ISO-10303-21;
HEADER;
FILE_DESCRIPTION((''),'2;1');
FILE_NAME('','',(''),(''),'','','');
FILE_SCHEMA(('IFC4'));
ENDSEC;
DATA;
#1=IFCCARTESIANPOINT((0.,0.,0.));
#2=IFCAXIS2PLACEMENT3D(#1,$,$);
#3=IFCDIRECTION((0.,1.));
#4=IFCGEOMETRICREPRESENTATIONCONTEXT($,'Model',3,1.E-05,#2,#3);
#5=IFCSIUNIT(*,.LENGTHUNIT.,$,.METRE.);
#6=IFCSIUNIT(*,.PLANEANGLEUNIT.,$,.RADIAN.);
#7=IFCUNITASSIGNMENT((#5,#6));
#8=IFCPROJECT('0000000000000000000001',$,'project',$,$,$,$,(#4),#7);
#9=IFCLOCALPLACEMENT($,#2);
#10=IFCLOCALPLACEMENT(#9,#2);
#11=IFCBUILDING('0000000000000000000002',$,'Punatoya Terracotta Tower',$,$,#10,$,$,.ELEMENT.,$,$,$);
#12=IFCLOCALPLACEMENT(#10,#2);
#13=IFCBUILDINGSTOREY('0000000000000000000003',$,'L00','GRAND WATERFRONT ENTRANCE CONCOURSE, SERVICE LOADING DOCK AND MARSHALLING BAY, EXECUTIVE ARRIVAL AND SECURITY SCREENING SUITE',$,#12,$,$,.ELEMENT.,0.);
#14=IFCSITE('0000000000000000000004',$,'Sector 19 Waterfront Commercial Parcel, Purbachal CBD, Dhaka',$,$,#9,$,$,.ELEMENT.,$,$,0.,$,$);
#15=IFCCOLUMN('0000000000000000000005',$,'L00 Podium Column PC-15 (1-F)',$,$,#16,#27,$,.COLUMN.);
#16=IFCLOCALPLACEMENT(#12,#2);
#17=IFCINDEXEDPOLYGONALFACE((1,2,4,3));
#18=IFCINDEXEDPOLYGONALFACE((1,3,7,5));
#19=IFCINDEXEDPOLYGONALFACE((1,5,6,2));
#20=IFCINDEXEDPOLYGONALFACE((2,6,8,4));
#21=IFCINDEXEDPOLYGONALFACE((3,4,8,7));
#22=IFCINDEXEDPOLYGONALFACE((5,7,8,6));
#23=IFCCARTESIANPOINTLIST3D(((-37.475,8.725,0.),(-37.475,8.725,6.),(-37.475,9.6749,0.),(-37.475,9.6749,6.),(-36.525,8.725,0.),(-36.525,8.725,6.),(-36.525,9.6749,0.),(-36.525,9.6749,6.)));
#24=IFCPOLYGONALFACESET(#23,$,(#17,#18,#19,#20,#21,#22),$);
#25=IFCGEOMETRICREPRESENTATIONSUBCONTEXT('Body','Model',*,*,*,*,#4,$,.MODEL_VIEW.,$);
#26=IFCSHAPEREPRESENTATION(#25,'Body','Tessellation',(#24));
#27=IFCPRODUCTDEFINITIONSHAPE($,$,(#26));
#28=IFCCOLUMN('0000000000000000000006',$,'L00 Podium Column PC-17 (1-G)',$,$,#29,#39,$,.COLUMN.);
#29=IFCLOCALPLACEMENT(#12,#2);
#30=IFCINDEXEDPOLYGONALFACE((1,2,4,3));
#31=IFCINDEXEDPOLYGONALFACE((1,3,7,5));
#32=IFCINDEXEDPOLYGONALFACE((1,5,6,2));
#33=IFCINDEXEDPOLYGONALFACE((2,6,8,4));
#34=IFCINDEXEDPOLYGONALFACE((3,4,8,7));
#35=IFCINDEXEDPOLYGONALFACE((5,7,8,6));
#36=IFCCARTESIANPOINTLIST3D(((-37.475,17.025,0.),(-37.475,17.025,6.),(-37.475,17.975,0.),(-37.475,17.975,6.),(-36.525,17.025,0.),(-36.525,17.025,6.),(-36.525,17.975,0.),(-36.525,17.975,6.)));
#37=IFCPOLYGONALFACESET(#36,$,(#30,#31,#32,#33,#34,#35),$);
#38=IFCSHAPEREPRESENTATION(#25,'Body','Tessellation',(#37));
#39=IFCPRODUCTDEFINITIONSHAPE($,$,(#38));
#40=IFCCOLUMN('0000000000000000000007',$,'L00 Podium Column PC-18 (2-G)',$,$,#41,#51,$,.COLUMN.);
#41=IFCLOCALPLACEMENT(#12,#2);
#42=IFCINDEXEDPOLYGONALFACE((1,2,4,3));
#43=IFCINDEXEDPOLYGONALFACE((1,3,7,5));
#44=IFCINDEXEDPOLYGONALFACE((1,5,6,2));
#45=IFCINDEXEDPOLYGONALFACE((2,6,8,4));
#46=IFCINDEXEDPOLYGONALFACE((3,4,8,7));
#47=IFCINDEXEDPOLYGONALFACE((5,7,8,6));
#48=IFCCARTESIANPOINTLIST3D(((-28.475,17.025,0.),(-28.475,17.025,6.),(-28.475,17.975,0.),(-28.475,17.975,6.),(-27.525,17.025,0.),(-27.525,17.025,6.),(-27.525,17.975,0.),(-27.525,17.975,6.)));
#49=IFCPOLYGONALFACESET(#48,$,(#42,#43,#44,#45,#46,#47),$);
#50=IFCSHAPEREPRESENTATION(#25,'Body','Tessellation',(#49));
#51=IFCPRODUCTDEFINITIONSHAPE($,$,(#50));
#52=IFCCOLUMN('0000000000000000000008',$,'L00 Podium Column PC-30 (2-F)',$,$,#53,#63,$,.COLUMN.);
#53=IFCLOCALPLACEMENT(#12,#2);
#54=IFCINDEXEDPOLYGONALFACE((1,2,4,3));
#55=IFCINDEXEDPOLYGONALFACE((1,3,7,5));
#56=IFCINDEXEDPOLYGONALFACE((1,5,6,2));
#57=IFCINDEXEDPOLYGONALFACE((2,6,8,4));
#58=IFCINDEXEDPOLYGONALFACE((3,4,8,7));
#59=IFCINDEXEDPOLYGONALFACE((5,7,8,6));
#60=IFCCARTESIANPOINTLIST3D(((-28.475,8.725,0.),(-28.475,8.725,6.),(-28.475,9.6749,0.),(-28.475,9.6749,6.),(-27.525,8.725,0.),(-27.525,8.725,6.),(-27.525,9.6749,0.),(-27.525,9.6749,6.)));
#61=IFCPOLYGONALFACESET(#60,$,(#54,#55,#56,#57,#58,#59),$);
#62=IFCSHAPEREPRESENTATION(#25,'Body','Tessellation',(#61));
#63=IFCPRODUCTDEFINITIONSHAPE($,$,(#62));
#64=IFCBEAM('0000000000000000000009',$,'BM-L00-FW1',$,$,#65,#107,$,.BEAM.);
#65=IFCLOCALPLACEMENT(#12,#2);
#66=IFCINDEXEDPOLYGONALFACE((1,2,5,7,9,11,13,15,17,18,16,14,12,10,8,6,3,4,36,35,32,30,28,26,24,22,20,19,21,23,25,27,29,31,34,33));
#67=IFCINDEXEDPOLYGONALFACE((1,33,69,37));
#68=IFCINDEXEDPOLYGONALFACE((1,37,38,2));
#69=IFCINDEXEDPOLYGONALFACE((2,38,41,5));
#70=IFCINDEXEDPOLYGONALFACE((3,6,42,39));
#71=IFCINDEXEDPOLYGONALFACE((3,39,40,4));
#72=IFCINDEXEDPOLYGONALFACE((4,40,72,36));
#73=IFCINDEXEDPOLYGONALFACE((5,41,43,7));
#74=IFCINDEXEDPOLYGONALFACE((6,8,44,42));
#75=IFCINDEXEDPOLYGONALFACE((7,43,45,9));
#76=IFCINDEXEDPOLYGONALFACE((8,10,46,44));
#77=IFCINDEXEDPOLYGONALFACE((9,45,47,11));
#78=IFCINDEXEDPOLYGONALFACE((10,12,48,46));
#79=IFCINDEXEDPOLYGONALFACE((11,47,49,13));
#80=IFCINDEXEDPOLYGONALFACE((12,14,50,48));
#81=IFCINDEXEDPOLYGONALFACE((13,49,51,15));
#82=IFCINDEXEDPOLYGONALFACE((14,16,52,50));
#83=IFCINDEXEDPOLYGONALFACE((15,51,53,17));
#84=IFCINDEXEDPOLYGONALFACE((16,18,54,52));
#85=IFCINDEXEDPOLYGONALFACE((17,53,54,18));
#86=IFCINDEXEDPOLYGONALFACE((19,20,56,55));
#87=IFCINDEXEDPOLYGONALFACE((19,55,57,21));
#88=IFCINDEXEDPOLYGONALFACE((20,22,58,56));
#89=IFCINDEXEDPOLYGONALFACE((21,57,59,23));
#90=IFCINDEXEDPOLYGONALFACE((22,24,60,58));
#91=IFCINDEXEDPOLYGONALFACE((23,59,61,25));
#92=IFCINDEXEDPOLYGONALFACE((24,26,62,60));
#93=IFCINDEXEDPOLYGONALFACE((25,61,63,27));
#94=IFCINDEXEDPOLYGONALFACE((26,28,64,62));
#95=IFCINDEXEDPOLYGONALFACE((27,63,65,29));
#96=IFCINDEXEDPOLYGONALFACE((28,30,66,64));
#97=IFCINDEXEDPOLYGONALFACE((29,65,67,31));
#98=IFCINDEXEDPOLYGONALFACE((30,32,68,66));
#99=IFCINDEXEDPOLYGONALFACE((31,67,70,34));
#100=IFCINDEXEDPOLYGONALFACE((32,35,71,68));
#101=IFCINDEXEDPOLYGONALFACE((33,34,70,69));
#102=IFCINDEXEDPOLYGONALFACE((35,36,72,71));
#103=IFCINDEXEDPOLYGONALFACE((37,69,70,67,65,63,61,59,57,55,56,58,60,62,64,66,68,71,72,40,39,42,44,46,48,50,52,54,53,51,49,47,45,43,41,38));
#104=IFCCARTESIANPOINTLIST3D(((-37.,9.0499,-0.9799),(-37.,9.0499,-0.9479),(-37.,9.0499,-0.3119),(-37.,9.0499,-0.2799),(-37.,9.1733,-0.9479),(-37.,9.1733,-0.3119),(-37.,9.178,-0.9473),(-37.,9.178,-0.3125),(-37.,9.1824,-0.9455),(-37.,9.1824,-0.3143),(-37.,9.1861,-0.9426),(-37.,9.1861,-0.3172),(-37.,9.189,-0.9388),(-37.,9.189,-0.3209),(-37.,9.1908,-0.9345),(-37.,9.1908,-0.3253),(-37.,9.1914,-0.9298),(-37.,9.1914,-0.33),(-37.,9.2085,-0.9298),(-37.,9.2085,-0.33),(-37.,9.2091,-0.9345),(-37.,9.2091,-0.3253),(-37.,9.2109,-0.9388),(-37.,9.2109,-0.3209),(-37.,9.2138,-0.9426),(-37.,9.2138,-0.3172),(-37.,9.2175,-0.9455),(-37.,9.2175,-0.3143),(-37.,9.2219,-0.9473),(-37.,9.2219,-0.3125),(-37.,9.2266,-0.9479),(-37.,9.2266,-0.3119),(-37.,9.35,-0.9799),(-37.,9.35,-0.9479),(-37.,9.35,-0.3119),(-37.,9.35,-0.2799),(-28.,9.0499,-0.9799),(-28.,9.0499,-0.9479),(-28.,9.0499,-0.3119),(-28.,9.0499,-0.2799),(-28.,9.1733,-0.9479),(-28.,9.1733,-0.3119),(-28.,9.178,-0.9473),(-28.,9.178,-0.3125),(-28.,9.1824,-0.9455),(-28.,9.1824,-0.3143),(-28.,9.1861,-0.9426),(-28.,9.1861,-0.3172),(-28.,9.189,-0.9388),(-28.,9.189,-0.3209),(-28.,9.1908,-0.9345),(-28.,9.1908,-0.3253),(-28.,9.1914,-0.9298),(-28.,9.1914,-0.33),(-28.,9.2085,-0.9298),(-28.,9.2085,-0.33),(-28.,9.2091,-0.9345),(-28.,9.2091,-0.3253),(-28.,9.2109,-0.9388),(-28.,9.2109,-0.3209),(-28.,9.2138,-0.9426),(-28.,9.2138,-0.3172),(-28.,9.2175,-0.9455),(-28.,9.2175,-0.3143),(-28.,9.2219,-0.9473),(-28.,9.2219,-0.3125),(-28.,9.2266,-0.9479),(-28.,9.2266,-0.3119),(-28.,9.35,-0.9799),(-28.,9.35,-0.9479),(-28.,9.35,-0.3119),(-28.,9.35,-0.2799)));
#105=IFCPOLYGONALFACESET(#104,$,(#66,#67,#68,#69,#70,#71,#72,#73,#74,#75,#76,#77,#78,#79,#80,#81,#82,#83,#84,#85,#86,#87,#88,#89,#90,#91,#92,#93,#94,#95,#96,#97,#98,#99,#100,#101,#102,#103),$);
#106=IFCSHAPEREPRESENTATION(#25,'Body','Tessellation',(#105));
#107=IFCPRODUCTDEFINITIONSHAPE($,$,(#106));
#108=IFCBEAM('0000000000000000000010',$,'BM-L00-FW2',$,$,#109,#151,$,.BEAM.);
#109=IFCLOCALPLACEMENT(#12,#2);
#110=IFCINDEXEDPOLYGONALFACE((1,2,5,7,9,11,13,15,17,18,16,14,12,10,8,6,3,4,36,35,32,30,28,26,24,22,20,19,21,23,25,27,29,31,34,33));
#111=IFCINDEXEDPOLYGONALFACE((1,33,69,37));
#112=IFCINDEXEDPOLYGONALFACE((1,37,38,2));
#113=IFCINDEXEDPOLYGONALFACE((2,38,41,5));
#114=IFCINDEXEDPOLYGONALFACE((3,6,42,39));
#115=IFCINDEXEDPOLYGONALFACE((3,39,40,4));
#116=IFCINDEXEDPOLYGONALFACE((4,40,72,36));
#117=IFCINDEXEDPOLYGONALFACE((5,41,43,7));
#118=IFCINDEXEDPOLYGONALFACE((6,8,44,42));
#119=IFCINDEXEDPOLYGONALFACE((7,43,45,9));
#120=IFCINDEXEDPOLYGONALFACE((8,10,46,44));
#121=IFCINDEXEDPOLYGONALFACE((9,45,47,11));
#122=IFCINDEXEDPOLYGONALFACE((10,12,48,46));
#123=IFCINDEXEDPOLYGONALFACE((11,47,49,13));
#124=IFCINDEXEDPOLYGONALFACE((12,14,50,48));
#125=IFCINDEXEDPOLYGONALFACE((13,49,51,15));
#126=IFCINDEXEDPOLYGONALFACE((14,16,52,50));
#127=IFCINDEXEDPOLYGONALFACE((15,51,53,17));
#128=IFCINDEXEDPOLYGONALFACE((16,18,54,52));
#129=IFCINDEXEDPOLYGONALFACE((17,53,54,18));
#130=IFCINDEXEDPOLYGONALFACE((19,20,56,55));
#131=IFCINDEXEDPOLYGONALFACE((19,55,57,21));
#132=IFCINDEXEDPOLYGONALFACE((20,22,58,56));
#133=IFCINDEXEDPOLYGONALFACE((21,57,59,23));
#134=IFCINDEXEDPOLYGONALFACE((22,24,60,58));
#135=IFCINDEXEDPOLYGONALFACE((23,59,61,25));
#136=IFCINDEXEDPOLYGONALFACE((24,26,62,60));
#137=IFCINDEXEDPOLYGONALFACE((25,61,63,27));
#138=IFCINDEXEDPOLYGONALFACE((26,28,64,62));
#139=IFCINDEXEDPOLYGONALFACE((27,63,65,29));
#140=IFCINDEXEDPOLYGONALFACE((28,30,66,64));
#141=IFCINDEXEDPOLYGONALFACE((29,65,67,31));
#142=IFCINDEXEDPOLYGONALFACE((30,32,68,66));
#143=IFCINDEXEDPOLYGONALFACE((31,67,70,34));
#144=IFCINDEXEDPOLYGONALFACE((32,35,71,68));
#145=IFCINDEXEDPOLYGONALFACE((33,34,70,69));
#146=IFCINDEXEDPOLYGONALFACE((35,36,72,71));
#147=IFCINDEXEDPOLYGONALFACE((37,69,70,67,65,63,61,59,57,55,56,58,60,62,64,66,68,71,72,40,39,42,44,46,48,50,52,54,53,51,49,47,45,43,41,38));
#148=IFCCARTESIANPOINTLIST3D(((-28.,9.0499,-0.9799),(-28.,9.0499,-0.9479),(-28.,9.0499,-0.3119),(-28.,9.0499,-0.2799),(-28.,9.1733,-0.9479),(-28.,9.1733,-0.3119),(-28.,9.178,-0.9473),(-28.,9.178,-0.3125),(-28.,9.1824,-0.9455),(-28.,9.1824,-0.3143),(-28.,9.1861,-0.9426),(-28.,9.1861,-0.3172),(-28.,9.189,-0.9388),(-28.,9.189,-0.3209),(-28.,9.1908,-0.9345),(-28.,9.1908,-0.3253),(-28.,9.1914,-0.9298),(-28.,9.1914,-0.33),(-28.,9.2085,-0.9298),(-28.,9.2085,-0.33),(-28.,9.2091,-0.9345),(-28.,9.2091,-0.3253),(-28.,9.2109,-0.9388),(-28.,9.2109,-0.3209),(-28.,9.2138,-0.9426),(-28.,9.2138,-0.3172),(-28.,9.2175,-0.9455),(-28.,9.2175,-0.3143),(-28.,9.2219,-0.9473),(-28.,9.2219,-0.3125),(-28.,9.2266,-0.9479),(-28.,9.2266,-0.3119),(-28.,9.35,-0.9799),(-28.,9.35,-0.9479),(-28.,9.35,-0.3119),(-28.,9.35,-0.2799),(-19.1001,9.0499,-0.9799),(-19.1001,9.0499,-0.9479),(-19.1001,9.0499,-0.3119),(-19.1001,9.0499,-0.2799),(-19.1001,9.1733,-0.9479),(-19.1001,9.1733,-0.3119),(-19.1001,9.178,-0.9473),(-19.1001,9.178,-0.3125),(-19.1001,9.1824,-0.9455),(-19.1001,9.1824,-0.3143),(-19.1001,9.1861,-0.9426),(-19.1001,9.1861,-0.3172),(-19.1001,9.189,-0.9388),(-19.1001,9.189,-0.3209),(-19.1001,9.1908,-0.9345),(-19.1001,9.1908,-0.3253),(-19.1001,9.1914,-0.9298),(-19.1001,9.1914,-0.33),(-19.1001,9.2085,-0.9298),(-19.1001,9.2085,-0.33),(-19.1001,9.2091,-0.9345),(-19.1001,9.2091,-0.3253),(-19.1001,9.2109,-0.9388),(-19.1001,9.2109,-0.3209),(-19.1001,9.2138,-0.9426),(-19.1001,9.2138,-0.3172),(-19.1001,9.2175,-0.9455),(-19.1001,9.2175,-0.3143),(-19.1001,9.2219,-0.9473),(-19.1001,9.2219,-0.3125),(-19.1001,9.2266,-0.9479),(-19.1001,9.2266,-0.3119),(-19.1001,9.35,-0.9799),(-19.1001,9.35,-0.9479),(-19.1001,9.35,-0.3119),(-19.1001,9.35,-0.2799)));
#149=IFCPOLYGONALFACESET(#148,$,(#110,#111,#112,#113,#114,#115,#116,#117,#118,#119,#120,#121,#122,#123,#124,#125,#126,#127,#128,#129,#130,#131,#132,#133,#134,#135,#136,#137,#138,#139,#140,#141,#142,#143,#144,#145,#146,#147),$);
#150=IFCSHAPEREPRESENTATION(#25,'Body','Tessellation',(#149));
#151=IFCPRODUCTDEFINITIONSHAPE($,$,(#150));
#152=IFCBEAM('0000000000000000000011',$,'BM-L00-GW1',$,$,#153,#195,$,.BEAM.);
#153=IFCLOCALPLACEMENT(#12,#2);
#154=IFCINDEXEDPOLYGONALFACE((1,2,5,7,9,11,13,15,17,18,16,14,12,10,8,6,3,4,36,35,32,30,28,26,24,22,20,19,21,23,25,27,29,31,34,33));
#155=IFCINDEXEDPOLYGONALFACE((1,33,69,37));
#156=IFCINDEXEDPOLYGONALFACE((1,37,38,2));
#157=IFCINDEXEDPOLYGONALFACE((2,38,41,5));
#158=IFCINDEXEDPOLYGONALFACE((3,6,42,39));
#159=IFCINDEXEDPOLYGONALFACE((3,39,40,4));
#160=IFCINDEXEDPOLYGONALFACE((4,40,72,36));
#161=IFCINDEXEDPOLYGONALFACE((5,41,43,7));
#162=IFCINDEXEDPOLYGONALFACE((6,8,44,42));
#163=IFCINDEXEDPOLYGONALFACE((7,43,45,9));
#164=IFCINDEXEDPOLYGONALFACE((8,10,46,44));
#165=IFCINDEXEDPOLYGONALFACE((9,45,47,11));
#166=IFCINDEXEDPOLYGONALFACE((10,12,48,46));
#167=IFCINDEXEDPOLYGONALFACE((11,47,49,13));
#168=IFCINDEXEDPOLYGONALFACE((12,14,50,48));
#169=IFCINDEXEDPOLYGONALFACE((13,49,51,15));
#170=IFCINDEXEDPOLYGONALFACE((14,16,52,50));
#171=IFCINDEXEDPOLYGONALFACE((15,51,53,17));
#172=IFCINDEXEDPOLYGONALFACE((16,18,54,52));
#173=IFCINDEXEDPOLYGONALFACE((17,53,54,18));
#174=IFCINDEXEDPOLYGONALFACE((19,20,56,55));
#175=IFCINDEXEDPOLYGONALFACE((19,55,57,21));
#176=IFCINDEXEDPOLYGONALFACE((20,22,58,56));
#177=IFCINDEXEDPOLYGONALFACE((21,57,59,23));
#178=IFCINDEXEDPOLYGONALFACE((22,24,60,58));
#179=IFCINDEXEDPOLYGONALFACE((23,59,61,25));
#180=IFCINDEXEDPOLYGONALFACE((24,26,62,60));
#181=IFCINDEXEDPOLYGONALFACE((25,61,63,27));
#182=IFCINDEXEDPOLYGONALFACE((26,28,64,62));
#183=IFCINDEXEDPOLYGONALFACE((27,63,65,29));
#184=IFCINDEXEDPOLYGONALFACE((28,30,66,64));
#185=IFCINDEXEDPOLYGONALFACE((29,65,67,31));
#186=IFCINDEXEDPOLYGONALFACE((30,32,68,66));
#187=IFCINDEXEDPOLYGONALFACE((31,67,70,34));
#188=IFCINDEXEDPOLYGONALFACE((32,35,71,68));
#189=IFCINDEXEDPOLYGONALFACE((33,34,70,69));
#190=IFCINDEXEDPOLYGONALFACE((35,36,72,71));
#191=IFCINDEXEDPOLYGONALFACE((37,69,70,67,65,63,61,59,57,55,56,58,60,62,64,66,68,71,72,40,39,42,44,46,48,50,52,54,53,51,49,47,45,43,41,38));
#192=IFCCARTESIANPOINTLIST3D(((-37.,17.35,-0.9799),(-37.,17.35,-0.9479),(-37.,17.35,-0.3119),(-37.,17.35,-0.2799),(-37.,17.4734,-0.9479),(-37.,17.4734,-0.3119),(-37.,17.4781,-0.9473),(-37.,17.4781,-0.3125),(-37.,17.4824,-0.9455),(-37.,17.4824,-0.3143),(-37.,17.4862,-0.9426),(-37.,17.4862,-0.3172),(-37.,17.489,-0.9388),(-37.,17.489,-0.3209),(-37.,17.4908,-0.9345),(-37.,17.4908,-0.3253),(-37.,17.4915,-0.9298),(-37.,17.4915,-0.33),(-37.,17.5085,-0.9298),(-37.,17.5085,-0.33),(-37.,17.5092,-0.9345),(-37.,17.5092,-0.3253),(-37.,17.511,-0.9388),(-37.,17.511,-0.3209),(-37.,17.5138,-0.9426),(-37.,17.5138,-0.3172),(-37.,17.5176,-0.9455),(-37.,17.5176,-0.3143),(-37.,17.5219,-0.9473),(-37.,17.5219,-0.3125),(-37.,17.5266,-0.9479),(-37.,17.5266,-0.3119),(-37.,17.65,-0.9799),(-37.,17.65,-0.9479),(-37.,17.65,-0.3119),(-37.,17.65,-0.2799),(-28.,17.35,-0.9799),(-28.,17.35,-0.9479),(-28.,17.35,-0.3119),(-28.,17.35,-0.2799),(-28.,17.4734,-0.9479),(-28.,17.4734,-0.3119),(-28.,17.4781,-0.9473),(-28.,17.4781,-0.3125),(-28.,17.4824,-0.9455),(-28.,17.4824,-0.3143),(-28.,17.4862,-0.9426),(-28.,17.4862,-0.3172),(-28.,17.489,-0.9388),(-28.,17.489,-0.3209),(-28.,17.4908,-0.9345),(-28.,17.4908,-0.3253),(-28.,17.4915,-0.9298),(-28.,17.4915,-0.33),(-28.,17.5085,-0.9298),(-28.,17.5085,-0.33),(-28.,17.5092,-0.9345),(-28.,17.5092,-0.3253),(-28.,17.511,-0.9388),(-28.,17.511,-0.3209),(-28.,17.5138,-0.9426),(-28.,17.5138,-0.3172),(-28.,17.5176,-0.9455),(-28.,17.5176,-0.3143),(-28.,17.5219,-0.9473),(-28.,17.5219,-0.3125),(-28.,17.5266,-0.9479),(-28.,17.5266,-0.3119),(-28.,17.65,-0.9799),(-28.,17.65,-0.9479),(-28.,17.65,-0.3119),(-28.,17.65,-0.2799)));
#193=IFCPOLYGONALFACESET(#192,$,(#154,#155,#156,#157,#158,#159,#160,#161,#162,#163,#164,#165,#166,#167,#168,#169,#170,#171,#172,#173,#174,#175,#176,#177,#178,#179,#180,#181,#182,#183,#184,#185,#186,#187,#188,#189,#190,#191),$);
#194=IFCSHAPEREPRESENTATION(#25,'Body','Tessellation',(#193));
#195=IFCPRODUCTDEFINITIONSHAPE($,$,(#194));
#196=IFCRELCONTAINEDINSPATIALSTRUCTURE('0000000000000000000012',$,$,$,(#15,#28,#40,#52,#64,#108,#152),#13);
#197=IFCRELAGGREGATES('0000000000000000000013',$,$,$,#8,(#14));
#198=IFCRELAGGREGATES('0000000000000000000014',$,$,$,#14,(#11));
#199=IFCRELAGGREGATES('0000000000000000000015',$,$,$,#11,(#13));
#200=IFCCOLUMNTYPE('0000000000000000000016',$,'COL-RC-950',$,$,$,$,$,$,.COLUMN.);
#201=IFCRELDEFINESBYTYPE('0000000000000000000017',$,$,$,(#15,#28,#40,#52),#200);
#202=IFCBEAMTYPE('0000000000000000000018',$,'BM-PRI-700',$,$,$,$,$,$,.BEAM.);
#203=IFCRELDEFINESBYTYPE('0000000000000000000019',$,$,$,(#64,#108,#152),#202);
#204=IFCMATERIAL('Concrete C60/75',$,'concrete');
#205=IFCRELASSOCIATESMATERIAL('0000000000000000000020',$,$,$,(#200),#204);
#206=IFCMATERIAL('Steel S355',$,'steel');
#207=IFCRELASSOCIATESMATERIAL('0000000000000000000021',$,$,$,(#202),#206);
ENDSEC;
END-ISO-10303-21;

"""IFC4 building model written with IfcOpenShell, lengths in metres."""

from ifc_helpers import new_model, si_unit, direction, frame, origin, origin_2d, place, context, subcontext, project, spatial, rectangle, i_section, extrude, material, material_profile, profile_set, type_object, element, save


model = new_model("IFC4")

# Units and contexts
model_context = context("Model", 3, precision=1e-05, world=origin(), true_north=direction((0.0, 1.0)))
body_context = subcontext(model_context, "Body", "Model", "MODEL_VIEW")
ifc_project = project(units=[si_unit("LENGTHUNIT", "METRE"), si_unit("PLANEANGLEUNIT", "RADIAN")], contexts=[model_context])

# Site, building, storey
site_placement = place(None, origin())
site = spatial("IfcSite", under=ifc_project, at=site_placement, Name="Sector 19 Waterfront Commercial Parcel, Purbachal CBD, Dhaka", CompositionType="ELEMENT", RefElevation=0.0)
building_placement = place(site_placement, origin())
building = spatial("IfcBuilding", under=site, at=building_placement, Name="Punatoya Terracotta Tower", CompositionType="ELEMENT")
storey_placement = place(building_placement, origin())
storey = spatial("IfcBuildingStorey", under=building, at=storey_placement, Name="L00", Description="GRAND WATERFRONT ENTRANCE CONCOURSE, SERVICE LOADING DOCK AND MARSHALLING BAY, EXECUTIVE ARRIVAL AND SECURITY SCREENING SUITE", CompositionType="ELEMENT", Elevation=0.0)

# Columns
ifc_material_1 = material(Name="Concrete C60/75", Category="concrete")
ifc_material_profile_1 = material_profile(ifc_material_1, rectangle(XDim=0.95, YDim=0.95, at=origin_2d()))
ifc_profile_set_1 = profile_set([ifc_material_profile_1], Name="Concrete C60/75")
column_type = type_object("IfcColumnType", Name="COL-RC-950", PredefinedType="COLUMN", material=ifc_profile_set_1)
for number, where, z_axis, x_axis, name in (
    (1, (-37.0, 9.2, 0.0), (0.0, 0.0, 1.0), (1.0, 0.0, 0.0), "L00 Podium Column PC-15 (1-F)"),
    (2, (-37.0, 17.5, 0.0), (0.0, 0.0, 1.0), (1.0, 0.0, 0.0), "L00 Podium Column PC-17 (1-G)"),
    (3, (-28.0, 17.5, 0.0), (0.0, 0.0, 1.0), (1.0, 0.0, 0.0), "L00 Podium Column PC-18 (2-G)"),
    (4, (-28.0, 9.2, 0.0), (0.0, 0.0, 1.0), (1.0, 0.0, 0.0), "L00 Podium Column PC-30 (2-F)"),
):
    element("IfcColumn", number, at=place(storey_placement, frame(where, z_axis=z_axis, x_axis=x_axis)), inside=storey, type_object=column_type, Name=name, PredefinedType="COLUMN", context=body_context, shape_type="SweptSolid", body=[
        extrude(rectangle(XDim=0.95, YDim=0.95, at=origin_2d()), origin(), (0.0, 0.0, 1.0), 6.0),
    ])

# Beams
ifc_material_2 = material(Name="Steel S355", Category="steel")
ifc_material_profile_2 = material_profile(ifc_material_2, i_section(OverallWidth=0.3, OverallDepth=0.7, WebThickness=0.0171, FlangeThickness=0.032, FilletRadius=0.0181, at=origin_2d()))
ifc_profile_set_2 = profile_set([ifc_material_profile_2], Name="Steel S355")
beam_type_1 = type_object("IfcBeamType", Name="BM-PRI-700", PredefinedType="BEAM", material=ifc_profile_set_2)
beam_1_placement = place(storey_placement, frame((-37.0, 9.2, -0.6299), z_axis=(1.0, 0.0, 0.0), x_axis=(0.0, 1.0, 0.0)))
element("IfcBeam", 5, at=beam_1_placement, inside=storey, type_object=beam_type_1, Name="BM-L00-FW1", PredefinedType="BEAM", context=body_context, shape_type="SweptSolid", body=[
    extrude(i_section(OverallWidth=0.3, OverallDepth=0.7, WebThickness=0.0171, FlangeThickness=0.032, FilletRadius=0.0181, at=origin_2d()), origin(), (0.0, 0.0, 1.0), 9.0),
])
beam_2_placement = place(storey_placement, frame((-28.0, 9.2, -0.6299), z_axis=(1.0, 0.0, 0.0), x_axis=(0.0, 1.0, 0.0)))
element("IfcBeam", 6, at=beam_2_placement, inside=storey, type_object=beam_type_1, Name="BM-L00-FW2", PredefinedType="BEAM", context=body_context, shape_type="SweptSolid", body=[
    extrude(i_section(OverallWidth=0.3, OverallDepth=0.7, WebThickness=0.0171, FlangeThickness=0.032, FilletRadius=0.0181, at=origin_2d()), origin(), (0.0, 0.0, 1.0), 8.8999),
])
beam_3_placement = place(storey_placement, frame((-37.0, 17.5, -0.6299), z_axis=(1.0, 0.0, 0.0), x_axis=(0.0, 1.0, 0.0)))
element("IfcBeam", 7, at=beam_3_placement, inside=storey, type_object=beam_type_1, Name="BM-L00-GW1", PredefinedType="BEAM", context=body_context, shape_type="SweptSolid", body=[
    extrude(i_section(OverallWidth=0.3, OverallDepth=0.7, WebThickness=0.0171, FlangeThickness=0.032, FilletRadius=0.0181, at=origin_2d()), origin(), (0.0, 0.0, 1.0), 9.0),
])

save(model, "model.ifc")
